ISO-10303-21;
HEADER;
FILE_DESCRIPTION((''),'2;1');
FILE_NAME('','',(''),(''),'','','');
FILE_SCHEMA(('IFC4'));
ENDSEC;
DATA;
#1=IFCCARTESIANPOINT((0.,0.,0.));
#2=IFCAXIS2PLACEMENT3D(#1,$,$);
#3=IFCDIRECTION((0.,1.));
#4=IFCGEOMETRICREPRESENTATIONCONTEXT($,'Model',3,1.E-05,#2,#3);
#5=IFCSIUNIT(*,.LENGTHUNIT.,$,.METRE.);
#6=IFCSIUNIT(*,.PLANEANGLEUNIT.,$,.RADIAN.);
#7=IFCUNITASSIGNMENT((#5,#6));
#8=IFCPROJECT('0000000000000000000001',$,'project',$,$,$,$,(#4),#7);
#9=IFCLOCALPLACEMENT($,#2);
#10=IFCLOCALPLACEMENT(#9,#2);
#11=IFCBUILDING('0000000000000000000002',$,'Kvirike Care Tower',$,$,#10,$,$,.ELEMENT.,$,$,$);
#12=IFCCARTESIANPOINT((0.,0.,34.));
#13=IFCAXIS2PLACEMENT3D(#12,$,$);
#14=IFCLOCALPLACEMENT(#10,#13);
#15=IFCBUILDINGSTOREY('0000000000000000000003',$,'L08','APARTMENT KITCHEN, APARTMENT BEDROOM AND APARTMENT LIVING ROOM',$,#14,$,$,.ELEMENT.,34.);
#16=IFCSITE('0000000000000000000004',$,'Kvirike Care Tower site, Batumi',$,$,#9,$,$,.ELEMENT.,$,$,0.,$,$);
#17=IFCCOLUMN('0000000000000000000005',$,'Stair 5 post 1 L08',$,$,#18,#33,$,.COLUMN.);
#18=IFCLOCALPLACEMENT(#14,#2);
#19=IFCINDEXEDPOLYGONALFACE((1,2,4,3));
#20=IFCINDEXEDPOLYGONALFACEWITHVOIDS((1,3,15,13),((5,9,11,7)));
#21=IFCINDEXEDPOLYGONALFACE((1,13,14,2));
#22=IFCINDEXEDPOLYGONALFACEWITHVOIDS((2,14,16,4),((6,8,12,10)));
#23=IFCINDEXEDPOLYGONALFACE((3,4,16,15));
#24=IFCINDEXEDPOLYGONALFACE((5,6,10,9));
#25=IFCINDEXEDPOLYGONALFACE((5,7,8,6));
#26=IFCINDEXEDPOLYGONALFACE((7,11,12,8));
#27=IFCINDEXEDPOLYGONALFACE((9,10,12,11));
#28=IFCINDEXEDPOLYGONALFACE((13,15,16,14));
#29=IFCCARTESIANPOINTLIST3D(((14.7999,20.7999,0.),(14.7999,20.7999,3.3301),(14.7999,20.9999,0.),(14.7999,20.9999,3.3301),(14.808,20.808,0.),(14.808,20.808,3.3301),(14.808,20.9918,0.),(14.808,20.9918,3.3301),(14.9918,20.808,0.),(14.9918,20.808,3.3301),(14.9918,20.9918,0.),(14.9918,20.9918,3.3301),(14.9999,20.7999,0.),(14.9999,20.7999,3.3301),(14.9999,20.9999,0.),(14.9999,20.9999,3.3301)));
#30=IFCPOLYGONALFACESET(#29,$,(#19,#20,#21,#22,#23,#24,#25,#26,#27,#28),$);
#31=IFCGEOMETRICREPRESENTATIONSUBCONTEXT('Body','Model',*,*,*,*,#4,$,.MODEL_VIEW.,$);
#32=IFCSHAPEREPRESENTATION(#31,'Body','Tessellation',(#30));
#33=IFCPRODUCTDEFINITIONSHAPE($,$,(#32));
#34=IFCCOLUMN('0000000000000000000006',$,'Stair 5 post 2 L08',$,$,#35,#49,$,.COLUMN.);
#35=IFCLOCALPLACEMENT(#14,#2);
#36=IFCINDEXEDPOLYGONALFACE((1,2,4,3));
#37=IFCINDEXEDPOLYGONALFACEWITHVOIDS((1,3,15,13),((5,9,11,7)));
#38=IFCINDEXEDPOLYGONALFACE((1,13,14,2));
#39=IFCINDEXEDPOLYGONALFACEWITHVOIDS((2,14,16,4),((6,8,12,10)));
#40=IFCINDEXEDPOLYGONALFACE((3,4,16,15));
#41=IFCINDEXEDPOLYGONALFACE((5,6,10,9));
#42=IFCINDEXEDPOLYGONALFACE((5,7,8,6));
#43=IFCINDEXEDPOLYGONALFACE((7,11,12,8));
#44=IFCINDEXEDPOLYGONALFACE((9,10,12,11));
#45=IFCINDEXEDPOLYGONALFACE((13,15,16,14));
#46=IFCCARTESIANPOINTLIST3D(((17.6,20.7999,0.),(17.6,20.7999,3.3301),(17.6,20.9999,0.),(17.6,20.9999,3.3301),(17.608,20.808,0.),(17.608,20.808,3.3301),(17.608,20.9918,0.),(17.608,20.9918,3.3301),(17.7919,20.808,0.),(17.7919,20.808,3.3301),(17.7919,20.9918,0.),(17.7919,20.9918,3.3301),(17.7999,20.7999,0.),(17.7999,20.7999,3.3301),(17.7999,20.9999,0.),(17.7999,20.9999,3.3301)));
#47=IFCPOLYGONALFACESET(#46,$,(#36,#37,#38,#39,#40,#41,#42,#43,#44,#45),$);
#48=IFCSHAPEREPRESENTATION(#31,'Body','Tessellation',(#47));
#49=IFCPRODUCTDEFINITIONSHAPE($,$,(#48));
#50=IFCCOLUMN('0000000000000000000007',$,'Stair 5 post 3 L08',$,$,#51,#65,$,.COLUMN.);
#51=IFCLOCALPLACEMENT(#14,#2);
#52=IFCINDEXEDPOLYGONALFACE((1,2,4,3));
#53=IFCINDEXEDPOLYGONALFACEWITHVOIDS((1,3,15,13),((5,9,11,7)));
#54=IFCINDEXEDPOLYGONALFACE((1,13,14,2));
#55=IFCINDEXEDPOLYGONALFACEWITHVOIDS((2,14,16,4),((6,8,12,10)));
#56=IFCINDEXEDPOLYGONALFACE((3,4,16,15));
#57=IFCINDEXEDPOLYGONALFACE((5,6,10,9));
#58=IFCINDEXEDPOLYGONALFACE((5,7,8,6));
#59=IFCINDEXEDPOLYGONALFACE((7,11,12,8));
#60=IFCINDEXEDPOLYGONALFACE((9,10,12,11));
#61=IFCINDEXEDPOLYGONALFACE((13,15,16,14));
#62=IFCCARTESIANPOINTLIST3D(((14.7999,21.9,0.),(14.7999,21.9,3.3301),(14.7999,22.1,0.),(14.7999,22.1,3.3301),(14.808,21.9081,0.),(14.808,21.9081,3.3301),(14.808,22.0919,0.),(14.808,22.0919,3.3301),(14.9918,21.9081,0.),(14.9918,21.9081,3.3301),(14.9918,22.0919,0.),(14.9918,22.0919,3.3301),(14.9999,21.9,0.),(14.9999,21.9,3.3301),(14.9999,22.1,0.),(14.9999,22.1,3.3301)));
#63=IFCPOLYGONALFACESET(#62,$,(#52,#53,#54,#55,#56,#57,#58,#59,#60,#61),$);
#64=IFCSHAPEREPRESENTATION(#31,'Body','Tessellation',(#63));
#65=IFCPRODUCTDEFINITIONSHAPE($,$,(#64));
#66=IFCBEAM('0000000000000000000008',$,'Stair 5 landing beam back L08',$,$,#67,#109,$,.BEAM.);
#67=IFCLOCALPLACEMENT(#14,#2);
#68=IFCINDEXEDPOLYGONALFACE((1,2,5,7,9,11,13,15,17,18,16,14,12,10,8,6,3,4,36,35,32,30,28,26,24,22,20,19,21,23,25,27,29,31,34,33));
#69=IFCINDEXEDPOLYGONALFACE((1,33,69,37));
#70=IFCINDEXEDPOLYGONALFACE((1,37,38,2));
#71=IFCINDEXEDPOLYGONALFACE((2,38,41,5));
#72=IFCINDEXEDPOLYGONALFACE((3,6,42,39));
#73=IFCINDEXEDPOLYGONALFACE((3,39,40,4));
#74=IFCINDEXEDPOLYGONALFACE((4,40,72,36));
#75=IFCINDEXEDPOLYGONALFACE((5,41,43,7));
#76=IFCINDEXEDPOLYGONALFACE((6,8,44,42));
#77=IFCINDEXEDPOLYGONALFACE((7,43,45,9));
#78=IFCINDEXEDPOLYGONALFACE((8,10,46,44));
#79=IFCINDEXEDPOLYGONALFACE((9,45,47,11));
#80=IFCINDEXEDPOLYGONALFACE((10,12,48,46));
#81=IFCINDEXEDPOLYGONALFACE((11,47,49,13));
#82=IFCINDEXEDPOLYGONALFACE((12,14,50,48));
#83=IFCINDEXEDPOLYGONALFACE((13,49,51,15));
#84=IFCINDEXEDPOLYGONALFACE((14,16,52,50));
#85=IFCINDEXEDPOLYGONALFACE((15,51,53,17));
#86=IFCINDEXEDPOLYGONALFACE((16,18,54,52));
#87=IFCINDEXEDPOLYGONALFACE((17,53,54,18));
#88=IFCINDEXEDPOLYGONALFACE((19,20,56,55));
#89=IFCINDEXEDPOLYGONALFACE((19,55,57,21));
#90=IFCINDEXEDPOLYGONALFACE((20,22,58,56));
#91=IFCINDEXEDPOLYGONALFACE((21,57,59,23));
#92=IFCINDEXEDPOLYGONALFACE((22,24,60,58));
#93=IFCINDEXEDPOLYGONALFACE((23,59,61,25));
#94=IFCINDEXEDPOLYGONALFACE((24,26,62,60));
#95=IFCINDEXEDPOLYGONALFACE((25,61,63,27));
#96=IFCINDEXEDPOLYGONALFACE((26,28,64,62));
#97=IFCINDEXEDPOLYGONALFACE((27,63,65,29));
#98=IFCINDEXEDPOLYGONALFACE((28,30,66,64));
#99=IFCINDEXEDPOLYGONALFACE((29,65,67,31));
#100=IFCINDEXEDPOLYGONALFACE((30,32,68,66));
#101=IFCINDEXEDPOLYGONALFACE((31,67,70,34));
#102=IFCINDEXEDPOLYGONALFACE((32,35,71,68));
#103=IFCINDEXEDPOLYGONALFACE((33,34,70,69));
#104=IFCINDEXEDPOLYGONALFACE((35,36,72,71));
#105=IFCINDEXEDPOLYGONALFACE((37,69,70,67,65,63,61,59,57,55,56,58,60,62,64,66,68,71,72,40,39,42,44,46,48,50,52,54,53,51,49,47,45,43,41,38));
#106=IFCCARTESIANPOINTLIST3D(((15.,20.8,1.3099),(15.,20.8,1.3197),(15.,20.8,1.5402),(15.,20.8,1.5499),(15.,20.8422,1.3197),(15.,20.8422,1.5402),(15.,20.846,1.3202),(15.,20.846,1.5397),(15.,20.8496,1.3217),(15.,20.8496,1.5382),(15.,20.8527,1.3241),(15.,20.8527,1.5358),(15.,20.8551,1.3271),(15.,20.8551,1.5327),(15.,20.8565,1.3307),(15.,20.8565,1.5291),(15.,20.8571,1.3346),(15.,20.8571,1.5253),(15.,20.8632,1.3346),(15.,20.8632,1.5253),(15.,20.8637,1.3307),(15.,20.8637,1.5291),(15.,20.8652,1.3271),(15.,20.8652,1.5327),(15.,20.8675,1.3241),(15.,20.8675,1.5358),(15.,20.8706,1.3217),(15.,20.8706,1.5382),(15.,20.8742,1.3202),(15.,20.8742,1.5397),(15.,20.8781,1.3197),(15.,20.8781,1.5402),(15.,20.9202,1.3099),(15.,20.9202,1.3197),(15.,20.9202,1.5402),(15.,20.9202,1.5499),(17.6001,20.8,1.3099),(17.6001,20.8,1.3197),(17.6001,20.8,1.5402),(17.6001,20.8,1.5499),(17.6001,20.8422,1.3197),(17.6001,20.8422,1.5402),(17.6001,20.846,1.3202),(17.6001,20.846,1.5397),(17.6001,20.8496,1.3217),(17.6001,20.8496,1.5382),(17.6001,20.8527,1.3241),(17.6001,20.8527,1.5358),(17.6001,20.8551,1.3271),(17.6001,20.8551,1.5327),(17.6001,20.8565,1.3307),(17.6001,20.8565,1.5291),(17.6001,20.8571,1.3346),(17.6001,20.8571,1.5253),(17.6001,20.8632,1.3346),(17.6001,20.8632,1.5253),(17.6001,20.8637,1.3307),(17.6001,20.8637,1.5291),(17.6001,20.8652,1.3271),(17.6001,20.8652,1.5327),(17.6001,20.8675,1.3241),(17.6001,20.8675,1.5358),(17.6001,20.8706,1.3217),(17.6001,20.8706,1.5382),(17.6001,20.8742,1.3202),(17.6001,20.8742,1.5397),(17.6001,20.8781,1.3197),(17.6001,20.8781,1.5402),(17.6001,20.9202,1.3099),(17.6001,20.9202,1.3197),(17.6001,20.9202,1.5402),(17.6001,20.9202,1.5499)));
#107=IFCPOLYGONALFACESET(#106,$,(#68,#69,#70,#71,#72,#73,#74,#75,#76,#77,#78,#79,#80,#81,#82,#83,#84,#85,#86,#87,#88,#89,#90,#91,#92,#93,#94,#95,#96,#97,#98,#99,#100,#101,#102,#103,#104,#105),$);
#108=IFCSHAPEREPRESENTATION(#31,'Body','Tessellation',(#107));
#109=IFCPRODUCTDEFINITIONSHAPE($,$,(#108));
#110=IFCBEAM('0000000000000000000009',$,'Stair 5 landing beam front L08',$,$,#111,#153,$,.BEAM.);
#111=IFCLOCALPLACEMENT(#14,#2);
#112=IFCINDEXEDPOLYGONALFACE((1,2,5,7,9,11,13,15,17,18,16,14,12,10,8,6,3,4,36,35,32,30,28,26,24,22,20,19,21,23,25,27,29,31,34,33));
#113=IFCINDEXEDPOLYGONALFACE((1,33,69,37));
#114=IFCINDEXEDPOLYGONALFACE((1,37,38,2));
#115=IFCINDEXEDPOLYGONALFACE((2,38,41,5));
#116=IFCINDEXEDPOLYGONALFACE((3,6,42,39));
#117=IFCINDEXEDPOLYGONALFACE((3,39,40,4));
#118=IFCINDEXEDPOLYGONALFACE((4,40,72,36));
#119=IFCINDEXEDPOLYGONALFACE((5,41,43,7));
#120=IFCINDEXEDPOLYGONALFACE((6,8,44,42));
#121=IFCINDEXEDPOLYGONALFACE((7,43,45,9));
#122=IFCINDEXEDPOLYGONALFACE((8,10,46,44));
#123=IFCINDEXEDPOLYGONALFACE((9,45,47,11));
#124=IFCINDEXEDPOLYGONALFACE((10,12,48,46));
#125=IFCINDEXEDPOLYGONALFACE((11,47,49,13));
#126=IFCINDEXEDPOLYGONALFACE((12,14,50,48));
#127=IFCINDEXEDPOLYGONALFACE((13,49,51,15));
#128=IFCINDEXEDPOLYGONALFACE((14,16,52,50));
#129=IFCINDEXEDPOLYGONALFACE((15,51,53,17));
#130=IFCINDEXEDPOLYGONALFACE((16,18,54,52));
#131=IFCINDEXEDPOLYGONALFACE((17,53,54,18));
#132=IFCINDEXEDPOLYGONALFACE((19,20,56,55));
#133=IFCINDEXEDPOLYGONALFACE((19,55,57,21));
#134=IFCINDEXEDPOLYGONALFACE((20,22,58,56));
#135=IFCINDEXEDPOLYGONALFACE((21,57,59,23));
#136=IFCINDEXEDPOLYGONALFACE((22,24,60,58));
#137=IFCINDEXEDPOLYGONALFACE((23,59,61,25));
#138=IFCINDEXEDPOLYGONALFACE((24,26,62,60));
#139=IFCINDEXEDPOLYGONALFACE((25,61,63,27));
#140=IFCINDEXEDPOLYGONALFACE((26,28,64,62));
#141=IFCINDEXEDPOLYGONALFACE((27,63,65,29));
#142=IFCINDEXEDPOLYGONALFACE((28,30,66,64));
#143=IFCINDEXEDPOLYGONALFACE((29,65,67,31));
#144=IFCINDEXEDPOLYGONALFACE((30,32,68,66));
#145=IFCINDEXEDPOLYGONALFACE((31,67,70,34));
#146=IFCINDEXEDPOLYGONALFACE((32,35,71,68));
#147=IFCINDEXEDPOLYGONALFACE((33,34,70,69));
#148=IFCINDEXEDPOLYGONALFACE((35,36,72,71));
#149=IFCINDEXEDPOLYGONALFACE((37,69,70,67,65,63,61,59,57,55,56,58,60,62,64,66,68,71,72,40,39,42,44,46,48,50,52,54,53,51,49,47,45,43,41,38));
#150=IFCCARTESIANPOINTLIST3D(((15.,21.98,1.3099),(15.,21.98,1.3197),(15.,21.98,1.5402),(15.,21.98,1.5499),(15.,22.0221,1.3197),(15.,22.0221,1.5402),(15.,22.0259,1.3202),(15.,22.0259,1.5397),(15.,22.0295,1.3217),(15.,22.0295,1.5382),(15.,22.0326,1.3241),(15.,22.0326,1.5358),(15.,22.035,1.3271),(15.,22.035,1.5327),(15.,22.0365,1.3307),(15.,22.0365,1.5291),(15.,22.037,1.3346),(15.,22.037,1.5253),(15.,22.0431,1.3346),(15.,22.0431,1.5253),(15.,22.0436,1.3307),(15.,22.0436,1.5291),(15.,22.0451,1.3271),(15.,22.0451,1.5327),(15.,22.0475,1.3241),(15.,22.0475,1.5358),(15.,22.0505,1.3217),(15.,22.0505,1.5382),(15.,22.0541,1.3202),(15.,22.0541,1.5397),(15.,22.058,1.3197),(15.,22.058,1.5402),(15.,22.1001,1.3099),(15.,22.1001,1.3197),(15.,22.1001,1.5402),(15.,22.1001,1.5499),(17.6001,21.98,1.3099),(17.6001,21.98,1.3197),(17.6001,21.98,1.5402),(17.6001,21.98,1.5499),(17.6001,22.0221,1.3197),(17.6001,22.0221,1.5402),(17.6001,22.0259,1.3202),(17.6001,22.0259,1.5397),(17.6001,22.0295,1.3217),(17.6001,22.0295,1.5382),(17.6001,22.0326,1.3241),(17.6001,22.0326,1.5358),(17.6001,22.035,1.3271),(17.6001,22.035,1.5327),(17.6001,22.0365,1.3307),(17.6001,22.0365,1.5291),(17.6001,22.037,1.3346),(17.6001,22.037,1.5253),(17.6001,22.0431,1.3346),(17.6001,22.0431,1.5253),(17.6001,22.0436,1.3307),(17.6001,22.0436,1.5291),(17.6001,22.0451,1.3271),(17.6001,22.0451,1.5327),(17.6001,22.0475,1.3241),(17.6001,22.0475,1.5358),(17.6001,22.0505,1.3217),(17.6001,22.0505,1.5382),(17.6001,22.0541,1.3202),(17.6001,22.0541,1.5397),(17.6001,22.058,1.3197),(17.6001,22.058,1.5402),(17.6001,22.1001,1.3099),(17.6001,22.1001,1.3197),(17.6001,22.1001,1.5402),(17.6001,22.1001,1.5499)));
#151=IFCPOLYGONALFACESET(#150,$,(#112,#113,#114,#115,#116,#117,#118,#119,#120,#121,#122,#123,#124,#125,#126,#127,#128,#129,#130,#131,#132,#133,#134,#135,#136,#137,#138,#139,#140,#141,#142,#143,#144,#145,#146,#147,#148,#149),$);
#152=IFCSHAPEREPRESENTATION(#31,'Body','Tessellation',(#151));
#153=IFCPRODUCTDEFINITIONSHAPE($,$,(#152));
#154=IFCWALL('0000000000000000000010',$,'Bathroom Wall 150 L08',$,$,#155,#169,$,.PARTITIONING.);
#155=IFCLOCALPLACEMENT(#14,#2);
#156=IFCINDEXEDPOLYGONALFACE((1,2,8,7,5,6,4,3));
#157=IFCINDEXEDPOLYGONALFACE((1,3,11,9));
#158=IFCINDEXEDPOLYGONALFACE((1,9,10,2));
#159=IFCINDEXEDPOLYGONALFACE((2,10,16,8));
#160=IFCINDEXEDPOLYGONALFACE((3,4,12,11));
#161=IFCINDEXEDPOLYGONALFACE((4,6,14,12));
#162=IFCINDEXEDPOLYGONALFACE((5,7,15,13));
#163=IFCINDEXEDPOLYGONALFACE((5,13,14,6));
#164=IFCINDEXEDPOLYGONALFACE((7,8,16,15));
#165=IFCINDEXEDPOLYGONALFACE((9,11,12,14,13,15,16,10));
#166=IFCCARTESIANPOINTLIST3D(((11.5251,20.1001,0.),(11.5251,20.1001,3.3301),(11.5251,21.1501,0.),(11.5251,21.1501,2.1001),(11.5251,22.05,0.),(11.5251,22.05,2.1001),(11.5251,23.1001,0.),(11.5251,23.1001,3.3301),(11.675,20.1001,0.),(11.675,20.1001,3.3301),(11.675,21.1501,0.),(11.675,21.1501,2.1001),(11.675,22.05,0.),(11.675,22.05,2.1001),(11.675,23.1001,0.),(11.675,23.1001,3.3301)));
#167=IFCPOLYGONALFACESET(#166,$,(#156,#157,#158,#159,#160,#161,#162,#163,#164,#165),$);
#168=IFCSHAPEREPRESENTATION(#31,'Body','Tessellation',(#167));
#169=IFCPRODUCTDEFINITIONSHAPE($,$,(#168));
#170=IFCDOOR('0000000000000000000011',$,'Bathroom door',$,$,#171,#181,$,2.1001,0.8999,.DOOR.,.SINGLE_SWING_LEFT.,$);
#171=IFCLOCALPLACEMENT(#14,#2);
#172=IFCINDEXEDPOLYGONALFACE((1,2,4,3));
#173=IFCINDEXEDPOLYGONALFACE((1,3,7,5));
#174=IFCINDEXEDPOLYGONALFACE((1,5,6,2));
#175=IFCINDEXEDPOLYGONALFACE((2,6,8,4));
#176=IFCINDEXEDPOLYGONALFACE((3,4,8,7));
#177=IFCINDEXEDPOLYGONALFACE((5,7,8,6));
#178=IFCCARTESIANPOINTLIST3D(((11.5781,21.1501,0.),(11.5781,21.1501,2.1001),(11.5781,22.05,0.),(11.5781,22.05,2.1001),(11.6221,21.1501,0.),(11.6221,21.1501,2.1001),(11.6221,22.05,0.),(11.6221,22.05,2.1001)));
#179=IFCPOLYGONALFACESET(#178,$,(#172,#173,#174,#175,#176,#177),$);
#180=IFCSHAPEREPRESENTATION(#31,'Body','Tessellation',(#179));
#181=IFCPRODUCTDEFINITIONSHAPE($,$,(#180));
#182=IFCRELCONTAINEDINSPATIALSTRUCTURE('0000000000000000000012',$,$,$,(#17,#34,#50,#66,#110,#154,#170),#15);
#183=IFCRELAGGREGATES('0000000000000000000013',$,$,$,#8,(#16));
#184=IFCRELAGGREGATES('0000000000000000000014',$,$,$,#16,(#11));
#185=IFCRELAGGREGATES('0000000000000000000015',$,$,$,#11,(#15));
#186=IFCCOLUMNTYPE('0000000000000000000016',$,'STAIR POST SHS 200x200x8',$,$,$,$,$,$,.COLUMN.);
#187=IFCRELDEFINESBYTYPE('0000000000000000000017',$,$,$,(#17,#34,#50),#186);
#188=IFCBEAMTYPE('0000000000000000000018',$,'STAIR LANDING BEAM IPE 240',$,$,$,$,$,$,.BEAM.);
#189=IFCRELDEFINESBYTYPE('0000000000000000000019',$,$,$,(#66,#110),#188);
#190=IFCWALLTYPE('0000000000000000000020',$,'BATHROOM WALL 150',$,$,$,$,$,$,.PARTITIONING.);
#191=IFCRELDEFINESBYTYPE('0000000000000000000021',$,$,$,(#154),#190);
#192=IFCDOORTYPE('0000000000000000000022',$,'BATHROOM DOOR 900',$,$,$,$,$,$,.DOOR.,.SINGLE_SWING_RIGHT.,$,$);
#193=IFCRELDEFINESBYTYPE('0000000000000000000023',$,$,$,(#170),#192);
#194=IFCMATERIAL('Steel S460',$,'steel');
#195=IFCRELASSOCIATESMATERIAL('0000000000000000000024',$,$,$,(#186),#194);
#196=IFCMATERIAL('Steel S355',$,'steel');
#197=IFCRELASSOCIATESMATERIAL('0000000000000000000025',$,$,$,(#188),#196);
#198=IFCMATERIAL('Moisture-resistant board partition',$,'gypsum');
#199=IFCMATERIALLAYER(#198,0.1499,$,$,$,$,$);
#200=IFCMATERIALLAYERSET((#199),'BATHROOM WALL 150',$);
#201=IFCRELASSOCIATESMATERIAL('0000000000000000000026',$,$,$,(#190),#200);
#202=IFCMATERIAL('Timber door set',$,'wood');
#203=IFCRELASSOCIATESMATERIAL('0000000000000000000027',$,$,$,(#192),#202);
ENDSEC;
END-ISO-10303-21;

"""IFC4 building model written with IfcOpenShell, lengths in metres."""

from ifc_helpers import new_model, si_unit, direction, frame, frame_2d, origin, origin_2d, place, context, subcontext, project, spatial, rectangle, hollow_rectangle, i_section, extrude, material, layer, layer_set, material_profile, profile_set, type_object, element, fill, save


model = new_model("IFC4")

# Units and contexts
model_context = context("Model", 3, precision=1e-05, world=origin(), true_north=direction((0.0, 1.0)))
body_context = subcontext(model_context, "Body", "Model", "MODEL_VIEW")
ifc_project = project(units=[si_unit("LENGTHUNIT", "METRE"), si_unit("PLANEANGLEUNIT", "RADIAN")], contexts=[model_context])

# Site, building, storey
site_placement = place(None, origin())
site = spatial("IfcSite", under=ifc_project, at=site_placement, Name="Kvirike Care Tower site, Batumi", CompositionType="ELEMENT", RefElevation=0.0)
building_placement = place(site_placement, origin())
building = spatial("IfcBuilding", under=site, at=building_placement, Name="Kvirike Care Tower", CompositionType="ELEMENT")
storey_placement = place(building_placement, frame((0.0, 0.0, 34.0)))
storey = spatial("IfcBuildingStorey", under=building, at=storey_placement, Name="L08", Description="APARTMENT KITCHEN, APARTMENT BEDROOM AND APARTMENT LIVING ROOM", CompositionType="ELEMENT", Elevation=34.0)

# Columns
ifc_material_1 = material(Name="Steel S460", Category="steel")
ifc_material_profile_1 = material_profile(ifc_material_1, hollow_rectangle(XDim=0.2, YDim=0.2, WallThickness=0.0081, at=origin_2d()), Name="SHS 200x200x8")
ifc_profile_set_1 = profile_set([ifc_material_profile_1], Name="Steel S460")
column_type = type_object("IfcColumnType", Name="STAIR POST SHS 200x200x8", PredefinedType="COLUMN", material=ifc_profile_set_1)
for number, where, z_axis, x_axis, name in (
    (1, (14.8999, 20.8999, 0.0), (0.0, 0.0, 1.0), (1.0, 0.0, 0.0), "Stair 5 post 1 L08"),
    (2, (17.7, 20.8999, 0.0), (0.0, 0.0, 1.0), (1.0, 0.0, 0.0), "Stair 5 post 2 L08"),
    (3, (14.8999, 22.0, 0.0), (0.0, 0.0, 1.0), (1.0, 0.0, 0.0), "Stair 5 post 3 L08"),
):
    element("IfcColumn", number, at=place(storey_placement, frame(where, z_axis=z_axis, x_axis=x_axis)), inside=storey, type_object=column_type, Name=name, PredefinedType="COLUMN", context=body_context, shape_type="SweptSolid", body=[
        extrude(hollow_rectangle(XDim=0.2, YDim=0.2, WallThickness=0.0081, at=origin_2d()), origin(), (0.0, 0.0, 1.0), 3.3301),
    ])

# Beams
ifc_material_2 = material(Name="Steel S355", Category="steel")
ifc_material_profile_2 = material_profile(ifc_material_2, i_section(OverallWidth=0.1201, OverallDepth=0.24, WebThickness=0.0061, FlangeThickness=0.0098, FilletRadius=0.0149, at=origin_2d()), Name="IPE 240")
ifc_profile_set_2 = profile_set([ifc_material_profile_2], Name="Steel S355")
beam_type = type_object("IfcBeamType", Name="STAIR LANDING BEAM IPE 240", PredefinedType="BEAM", material=ifc_profile_set_2)
for number, where, z_axis, x_axis, name in (
    (4, (15.0, 20.8601, 1.4299), (1.0, 0.0, 0.0), (0.0, 1.0, 0.0), "Stair 5 landing beam back L08"),
    (5, (15.0, 22.04, 1.4299), (1.0, 0.0, 0.0), (0.0, 1.0, 0.0), "Stair 5 landing beam front L08"),
):
    element("IfcBeam", number, at=place(storey_placement, frame(where, z_axis=z_axis, x_axis=x_axis)), inside=storey, type_object=beam_type, Name=name, PredefinedType="BEAM", context=body_context, shape_type="SweptSolid", body=[
        extrude(i_section(OverallWidth=0.1201, OverallDepth=0.24, WebThickness=0.0061, FlangeThickness=0.0098, FilletRadius=0.0149, at=origin_2d()), origin(), (0.0, 0.0, 1.0), 2.6001),
    ])

# Wall, opening, door
ifc_material_3 = material(Name="Moisture-resistant board partition", Category="gypsum")
ifc_layer_1 = layer(ifc_material_3, 0.1499)
ifc_layer_set_1 = layer_set([ifc_layer_1], Name="BATHROOM WALL 150")
wall_type_1 = type_object("IfcWallType", Name="BATHROOM WALL 150", PredefinedType="PARTITIONING", material=ifc_layer_set_1)
wall_1_placement = place(storey_placement, frame((11.6001, 20.1001, 0.0), z_axis=(0.0, 0.0, 1.0), x_axis=(0.0, 1.0, 0.0)))
wall_1 = element("IfcWall", 6, at=wall_1_placement, inside=storey, type_object=wall_type_1, Name="Bathroom Wall 150 L08", PredefinedType="PARTITIONING", context=body_context, shape_type="SweptSolid", body=[
    extrude(rectangle(XDim=3.0, YDim=0.1499, at=frame_2d((1.5, 0.0))), origin(), (0.0, 0.0, 1.0), 3.3301),
])
opening_1_placement = place(wall_1_placement, frame((1.05, 0.0, 0.0)))
opening_1 = element("IfcOpeningElement", 7, at=opening_1_placement, cuts=wall_1, PredefinedType="OPENING", context=body_context, shape_type="SweptSolid", body=[
    extrude(rectangle(XDim=0.8999, YDim=2.1001, at=frame_2d((0.45, 1.05))), frame((0.0, 0.0854, 0.0), z_axis=(0.0, -1.0, 0.0), x_axis=(1.0, 0.0, 0.0)), (0.0, 0.0, 1.0), 0.1709),
])
ifc_material_4 = material(Name="Timber door set", Category="wood")
door_type_1 = type_object("IfcDoorType", Name="BATHROOM DOOR 900", OperationType="SINGLE_SWING_RIGHT", PredefinedType="DOOR", material=ifc_material_4)
door_1_placement = place(opening_1_placement, frame((0.8999, 0.0, 0.0), z_axis=(0.0, 0.0, 1.0), x_axis=(-1.0, 0.0, 0.0)))
door_1 = element("IfcDoor", 8, at=door_1_placement, inside=storey, type_object=door_type_1, Name="Bathroom door", OperationType="SINGLE_SWING_LEFT", OverallHeight=2.1001, OverallWidth=0.8999, PredefinedType="DOOR", context=body_context, shape_type="SweptSolid", body=[
    extrude(rectangle(XDim=0.8999, YDim=2.1001, at=frame_2d((0.45, 1.05))), frame((0.0, 0.022, 0.0), z_axis=(0.0, -1.0, 0.0), x_axis=(1.0, 0.0, 0.0)), (0.0, 0.0, 1.0), 0.0439),
])
fill(opening_1, door_1)

save(model, "model.ifc")
